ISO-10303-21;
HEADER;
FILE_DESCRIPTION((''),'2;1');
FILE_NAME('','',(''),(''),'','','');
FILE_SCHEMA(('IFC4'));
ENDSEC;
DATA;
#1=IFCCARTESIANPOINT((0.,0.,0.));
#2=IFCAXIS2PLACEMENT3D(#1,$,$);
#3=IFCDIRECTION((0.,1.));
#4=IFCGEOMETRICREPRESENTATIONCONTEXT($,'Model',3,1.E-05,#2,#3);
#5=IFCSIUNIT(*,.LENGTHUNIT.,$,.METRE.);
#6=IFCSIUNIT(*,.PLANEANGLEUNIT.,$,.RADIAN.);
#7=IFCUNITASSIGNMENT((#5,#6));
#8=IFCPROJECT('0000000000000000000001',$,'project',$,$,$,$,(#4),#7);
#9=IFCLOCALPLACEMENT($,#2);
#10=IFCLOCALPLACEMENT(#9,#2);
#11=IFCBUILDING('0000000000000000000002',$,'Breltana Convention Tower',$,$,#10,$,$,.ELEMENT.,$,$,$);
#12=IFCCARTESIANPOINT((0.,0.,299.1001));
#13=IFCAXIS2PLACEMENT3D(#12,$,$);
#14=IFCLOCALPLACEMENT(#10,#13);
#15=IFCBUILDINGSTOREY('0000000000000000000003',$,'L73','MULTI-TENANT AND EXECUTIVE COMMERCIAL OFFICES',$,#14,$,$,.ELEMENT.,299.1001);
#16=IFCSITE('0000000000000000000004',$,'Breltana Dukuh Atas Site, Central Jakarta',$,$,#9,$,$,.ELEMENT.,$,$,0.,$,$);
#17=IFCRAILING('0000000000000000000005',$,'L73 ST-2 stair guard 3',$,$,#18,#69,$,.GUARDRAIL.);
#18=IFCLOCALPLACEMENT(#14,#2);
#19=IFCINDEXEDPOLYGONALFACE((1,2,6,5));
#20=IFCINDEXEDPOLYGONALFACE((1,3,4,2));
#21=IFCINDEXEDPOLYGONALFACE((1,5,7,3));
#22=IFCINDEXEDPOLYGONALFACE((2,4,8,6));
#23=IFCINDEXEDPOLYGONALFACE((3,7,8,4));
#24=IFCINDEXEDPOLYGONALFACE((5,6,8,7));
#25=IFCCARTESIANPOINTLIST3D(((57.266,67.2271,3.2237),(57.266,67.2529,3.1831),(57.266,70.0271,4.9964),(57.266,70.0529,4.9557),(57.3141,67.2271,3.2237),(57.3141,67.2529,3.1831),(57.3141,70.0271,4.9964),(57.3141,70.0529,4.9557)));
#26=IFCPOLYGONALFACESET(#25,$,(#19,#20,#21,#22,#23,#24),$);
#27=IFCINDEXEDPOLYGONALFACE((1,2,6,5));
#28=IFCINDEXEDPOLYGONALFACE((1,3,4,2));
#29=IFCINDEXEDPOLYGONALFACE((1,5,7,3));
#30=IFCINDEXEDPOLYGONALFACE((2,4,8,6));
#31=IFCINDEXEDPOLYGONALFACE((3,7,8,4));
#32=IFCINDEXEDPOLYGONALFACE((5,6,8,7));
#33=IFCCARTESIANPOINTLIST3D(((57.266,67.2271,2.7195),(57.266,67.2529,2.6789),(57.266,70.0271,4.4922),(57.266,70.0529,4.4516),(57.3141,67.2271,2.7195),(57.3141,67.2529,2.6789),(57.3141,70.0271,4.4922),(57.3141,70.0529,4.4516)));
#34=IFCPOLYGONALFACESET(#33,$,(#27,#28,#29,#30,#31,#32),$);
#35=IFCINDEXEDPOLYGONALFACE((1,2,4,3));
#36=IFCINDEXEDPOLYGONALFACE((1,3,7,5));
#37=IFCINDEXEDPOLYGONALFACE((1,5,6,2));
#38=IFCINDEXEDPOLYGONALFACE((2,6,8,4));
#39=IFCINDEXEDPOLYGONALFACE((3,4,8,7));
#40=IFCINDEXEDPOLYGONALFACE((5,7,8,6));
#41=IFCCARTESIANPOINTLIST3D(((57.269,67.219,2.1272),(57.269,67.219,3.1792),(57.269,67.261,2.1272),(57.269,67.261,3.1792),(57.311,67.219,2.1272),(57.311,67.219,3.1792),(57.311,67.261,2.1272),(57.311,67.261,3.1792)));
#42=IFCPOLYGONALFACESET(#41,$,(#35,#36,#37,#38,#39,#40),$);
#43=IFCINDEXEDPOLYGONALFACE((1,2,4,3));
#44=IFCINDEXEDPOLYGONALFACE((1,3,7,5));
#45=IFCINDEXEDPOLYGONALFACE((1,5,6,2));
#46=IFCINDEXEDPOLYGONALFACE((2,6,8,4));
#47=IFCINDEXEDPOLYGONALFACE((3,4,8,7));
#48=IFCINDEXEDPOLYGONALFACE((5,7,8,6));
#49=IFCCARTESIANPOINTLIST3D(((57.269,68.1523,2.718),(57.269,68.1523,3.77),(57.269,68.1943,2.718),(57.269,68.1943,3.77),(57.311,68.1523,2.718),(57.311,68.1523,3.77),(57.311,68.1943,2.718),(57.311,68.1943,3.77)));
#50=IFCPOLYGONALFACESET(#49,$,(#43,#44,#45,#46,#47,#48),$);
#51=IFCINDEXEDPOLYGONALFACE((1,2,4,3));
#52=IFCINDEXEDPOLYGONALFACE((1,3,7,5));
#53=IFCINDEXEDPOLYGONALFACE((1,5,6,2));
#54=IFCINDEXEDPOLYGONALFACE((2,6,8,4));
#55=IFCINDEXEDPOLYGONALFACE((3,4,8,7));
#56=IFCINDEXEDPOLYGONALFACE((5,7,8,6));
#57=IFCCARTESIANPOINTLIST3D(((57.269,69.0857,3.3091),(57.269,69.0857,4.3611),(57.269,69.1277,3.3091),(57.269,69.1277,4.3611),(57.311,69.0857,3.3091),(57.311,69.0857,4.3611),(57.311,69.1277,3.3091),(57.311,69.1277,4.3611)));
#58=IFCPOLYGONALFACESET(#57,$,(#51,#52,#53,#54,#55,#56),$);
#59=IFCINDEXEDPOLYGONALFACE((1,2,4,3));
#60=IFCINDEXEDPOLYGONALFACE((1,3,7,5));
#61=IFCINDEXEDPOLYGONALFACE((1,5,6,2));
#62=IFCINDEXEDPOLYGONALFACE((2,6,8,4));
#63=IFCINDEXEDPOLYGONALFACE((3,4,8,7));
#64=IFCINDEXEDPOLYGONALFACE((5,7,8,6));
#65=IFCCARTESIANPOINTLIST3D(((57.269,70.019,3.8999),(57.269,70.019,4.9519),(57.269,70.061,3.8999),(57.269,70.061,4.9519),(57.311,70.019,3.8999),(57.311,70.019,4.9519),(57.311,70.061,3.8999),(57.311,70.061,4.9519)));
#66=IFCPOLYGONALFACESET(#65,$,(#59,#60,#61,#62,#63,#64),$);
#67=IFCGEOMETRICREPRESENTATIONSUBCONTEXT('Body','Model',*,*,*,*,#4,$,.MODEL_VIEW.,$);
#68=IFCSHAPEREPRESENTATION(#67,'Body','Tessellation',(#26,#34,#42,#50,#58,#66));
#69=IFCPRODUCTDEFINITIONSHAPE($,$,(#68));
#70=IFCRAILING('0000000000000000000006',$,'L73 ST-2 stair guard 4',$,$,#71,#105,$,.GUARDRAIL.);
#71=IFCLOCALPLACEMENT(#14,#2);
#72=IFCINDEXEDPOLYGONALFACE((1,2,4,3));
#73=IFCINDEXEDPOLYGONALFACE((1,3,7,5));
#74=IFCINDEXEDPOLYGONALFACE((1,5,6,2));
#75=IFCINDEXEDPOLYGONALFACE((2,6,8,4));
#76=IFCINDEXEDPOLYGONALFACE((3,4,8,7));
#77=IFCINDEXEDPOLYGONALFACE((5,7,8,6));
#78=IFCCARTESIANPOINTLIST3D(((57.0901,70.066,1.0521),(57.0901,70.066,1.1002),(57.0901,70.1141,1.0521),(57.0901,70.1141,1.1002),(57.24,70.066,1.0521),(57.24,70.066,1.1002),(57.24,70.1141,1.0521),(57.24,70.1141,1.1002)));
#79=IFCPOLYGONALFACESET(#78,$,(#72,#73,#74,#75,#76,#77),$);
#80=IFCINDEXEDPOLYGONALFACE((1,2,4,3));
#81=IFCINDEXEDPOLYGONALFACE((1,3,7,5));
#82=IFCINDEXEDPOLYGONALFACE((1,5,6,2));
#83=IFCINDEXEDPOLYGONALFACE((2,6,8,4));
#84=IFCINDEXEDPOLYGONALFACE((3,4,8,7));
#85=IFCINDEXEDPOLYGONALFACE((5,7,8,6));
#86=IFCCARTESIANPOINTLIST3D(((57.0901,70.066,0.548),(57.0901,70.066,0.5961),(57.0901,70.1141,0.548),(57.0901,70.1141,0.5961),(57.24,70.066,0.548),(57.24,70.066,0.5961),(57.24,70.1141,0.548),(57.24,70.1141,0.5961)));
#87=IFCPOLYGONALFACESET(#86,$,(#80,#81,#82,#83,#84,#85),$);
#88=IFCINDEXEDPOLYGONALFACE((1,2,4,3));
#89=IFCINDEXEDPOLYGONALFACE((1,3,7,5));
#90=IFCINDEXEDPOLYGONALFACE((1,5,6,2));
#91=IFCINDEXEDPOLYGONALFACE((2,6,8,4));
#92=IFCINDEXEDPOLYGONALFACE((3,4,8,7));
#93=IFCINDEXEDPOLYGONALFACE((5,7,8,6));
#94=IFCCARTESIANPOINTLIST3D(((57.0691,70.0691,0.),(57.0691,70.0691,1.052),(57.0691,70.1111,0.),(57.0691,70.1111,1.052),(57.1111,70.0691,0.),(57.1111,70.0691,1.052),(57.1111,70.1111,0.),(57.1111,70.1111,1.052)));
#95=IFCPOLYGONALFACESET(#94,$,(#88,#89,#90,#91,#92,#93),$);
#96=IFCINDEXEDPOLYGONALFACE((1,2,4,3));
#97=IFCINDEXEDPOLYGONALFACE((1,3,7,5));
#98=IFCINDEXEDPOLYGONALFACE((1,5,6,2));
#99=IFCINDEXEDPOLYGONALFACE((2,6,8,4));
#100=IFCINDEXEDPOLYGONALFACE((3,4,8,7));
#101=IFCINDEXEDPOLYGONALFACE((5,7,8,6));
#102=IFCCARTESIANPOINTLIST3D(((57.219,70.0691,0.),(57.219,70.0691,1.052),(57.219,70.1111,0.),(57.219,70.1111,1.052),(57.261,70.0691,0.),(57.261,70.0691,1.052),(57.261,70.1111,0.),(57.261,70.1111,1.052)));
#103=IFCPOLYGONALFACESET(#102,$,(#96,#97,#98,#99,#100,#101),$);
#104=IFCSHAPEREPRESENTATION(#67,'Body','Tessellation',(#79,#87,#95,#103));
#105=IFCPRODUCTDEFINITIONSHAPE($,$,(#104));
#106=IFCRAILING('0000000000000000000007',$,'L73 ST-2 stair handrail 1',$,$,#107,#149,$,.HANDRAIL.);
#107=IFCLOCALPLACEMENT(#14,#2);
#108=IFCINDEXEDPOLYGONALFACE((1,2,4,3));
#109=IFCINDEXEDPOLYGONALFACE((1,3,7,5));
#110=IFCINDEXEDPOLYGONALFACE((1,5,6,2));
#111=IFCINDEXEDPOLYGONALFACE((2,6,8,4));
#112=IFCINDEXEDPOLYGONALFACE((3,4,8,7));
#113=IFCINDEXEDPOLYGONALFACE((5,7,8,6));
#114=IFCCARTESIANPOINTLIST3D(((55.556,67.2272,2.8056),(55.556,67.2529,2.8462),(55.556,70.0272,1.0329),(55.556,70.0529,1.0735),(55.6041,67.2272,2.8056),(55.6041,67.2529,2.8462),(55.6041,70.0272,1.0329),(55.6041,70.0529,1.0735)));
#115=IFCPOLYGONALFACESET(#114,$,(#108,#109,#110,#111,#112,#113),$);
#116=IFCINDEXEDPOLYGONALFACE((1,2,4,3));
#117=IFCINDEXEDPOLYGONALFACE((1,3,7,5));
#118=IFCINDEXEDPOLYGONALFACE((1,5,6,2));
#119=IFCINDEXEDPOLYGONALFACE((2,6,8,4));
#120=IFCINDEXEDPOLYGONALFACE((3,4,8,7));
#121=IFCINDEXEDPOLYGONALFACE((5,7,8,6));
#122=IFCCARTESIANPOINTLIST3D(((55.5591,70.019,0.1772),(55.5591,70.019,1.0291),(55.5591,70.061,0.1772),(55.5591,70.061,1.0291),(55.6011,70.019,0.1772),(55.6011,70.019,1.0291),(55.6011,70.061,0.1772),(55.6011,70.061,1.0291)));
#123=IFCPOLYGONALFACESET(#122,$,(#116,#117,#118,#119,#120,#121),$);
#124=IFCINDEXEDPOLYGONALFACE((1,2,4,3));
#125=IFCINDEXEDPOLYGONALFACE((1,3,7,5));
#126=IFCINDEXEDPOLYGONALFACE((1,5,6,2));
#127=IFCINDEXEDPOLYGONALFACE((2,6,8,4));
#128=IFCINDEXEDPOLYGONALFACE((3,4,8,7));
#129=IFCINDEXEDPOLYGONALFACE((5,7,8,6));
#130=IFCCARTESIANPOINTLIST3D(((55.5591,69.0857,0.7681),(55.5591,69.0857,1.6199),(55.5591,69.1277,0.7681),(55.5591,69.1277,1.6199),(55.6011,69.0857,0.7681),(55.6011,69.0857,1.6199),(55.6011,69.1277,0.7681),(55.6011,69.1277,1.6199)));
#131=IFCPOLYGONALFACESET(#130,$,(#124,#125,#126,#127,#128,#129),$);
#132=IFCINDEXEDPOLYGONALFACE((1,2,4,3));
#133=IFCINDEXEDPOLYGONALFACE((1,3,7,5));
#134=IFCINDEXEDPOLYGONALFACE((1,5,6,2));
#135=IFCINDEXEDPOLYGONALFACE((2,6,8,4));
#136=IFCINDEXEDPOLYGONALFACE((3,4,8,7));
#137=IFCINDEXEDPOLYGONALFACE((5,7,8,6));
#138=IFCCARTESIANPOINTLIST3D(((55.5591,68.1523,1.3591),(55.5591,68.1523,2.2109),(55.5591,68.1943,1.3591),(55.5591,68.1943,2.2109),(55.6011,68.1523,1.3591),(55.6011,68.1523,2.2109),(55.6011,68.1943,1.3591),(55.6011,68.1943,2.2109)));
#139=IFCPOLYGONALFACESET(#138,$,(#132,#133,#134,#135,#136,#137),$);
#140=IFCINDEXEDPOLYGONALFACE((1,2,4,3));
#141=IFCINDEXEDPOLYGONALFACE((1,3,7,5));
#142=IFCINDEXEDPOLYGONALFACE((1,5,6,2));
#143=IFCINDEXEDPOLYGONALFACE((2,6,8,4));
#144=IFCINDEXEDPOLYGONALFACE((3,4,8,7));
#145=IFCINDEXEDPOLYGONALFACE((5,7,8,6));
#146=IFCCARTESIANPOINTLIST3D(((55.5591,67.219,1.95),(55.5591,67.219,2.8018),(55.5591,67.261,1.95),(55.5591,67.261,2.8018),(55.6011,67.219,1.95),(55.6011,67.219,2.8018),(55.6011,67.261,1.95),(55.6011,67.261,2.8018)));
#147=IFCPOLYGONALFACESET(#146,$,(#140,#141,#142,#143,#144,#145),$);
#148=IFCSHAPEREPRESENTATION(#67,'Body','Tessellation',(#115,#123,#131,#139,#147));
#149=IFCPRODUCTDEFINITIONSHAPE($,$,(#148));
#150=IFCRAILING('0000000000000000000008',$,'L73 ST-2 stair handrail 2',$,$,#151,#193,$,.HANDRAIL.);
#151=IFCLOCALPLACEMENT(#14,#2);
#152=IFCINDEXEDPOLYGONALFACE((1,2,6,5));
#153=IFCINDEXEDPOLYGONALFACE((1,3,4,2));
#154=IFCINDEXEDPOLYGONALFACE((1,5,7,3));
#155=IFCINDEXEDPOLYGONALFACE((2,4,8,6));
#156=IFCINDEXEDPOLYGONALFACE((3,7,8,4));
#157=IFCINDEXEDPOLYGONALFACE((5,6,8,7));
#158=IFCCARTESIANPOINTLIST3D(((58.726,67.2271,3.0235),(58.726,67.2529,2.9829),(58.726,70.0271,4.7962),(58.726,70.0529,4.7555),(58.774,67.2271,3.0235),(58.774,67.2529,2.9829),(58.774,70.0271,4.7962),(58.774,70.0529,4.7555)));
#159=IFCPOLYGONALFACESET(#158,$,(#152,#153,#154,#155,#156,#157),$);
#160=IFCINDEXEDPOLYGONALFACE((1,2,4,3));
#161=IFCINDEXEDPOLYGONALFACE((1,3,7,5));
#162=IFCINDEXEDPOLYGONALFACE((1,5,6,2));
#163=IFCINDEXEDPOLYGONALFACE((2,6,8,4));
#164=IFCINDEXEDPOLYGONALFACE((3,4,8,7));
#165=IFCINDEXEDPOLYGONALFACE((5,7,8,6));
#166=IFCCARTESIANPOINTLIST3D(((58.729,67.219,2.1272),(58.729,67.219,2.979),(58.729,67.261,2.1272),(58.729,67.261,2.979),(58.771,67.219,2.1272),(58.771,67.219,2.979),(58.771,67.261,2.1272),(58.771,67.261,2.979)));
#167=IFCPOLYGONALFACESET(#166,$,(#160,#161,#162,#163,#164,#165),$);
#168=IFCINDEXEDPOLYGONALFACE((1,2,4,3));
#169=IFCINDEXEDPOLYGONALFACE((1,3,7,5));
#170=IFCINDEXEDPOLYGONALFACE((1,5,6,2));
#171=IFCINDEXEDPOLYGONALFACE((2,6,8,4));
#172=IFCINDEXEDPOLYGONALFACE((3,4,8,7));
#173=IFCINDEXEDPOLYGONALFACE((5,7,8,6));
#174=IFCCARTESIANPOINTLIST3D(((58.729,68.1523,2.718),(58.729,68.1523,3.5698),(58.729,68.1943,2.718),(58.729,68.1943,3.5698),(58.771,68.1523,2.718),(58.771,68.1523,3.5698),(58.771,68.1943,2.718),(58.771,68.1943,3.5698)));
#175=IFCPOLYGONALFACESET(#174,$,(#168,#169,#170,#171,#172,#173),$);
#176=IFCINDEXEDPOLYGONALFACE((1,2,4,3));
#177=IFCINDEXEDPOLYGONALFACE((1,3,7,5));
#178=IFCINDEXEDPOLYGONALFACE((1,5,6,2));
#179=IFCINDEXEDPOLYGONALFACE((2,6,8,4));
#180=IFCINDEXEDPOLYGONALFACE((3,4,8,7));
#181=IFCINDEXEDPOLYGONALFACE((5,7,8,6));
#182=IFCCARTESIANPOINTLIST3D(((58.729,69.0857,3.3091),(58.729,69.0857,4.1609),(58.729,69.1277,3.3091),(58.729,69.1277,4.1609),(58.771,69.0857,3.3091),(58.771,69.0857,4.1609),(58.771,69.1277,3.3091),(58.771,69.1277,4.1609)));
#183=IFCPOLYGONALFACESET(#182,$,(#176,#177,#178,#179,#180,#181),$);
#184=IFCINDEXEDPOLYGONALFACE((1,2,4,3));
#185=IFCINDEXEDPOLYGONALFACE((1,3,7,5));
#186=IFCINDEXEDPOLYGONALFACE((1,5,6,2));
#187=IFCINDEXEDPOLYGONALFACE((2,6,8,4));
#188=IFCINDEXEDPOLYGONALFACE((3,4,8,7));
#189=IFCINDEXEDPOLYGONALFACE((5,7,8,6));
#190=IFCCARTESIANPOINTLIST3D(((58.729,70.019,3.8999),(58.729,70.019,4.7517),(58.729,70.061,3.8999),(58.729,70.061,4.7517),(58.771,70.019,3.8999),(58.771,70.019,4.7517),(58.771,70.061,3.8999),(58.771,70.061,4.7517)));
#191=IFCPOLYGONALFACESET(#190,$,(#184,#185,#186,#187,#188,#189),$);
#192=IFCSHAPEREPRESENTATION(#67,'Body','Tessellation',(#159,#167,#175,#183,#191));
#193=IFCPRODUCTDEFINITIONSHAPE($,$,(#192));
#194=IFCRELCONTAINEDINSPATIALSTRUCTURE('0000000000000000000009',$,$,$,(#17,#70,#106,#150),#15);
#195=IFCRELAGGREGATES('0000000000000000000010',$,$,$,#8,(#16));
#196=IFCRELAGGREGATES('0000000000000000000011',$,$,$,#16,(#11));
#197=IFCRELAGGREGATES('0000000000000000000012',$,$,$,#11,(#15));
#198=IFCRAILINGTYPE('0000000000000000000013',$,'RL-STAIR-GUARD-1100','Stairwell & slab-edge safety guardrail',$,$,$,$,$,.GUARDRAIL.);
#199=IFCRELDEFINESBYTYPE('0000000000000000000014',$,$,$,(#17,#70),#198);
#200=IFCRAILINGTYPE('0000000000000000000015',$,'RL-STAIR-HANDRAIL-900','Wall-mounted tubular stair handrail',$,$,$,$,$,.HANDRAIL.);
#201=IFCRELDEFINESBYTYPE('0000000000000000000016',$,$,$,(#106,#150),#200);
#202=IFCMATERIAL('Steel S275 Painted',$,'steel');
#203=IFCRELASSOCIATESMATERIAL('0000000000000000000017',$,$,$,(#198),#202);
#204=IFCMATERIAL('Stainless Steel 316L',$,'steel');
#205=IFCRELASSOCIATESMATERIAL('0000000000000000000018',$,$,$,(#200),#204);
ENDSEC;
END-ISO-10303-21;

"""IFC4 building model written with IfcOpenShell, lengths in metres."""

from ifc_helpers import new_model, si_unit, direction, frame, origin, origin_2d, place, context, subcontext, project, spatial, rectangle, extrude, material, type_object, element, save


model = new_model("IFC4")

# Units and contexts
model_context = context("Model", 3, precision=1e-05, world=origin(), true_north=direction((0.0, 1.0)))
body_context = subcontext(model_context, "Body", "Model", "MODEL_VIEW")
ifc_project = project(units=[si_unit("LENGTHUNIT", "METRE"), si_unit("PLANEANGLEUNIT", "RADIAN")], contexts=[model_context])

# Site, building, storey
site_placement = place(None, origin())
site = spatial("IfcSite", under=ifc_project, at=site_placement, Name="Breltana Dukuh Atas Site, Central Jakarta", CompositionType="ELEMENT", RefElevation=0.0)
building_placement = place(site_placement, origin())
building = spatial("IfcBuilding", under=site, at=building_placement, Name="Breltana Convention Tower", CompositionType="ELEMENT")
storey_placement = place(building_placement, frame((0.0, 0.0, 299.1001)))
storey = spatial("IfcBuildingStorey", under=building, at=storey_placement, Name="L73", Description="MULTI-TENANT AND EXECUTIVE COMMERCIAL OFFICES", CompositionType="ELEMENT", Elevation=299.1001)

# Railings
ifc_material_1 = material(Name="Steel S275 Painted", Category="steel")
railing_type_1 = type_object("IfcRailingType", Name="RL-STAIR-GUARD-1100", Description="Stairwell & slab-edge safety guardrail", PredefinedType="GUARDRAIL", material=ifc_material_1)
railing_1_placement = place(storey_placement, frame((57.29, 67.24, 2.1272)))
element("IfcRailing", 1, at=railing_1_placement, inside=storey, type_object=railing_type_1, Name="L73 ST-2 stair guard 3", PredefinedType="GUARDRAIL", context=body_context, shape_type="SweptSolid", body=[
    extrude(rectangle(XDim=0.0481, YDim=0.0481, at=origin_2d()), frame((0.0, 0.0, 1.0762), z_axis=(0.0, 0.844909, 0.53491), x_axis=(-1.0, 0.0, 0.0)), (0.0, 0.0, 1.0), 3.314),
    extrude(rectangle(XDim=0.0481, YDim=0.0481, at=origin_2d()), frame((0.0, 0.0, 0.572), z_axis=(0.0, 0.844909, 0.53491), x_axis=(-1.0, 0.0, 0.0)), (0.0, 0.0, 1.0), 3.314),
    extrude(rectangle(XDim=0.042, YDim=0.042, at=origin_2d()), origin(), (0.0, 0.0, 1.0), 1.052),
    extrude(rectangle(XDim=0.042, YDim=0.042, at=origin_2d()), frame((0.0, 0.9333, 0.5908)), (0.0, 0.0, 1.0), 1.052),
    extrude(rectangle(XDim=0.042, YDim=0.042, at=origin_2d()), frame((0.0, 1.8667, 1.1819)), (0.0, 0.0, 1.0), 1.052),
    extrude(rectangle(XDim=0.042, YDim=0.042, at=origin_2d()), frame((0.0, 2.8, 1.7727)), (0.0, 0.0, 1.0), 1.052),
])
railing_2_placement = place(storey_placement, frame((57.0901, 70.0901, 0.0)))
element("IfcRailing", 2, at=railing_2_placement, inside=storey, type_object=railing_type_1, Name="L73 ST-2 stair guard 4", PredefinedType="GUARDRAIL", context=body_context, shape_type="SweptSolid", body=[
    extrude(rectangle(XDim=0.0481, YDim=0.0481, at=origin_2d()), frame((0.0, 0.0, 1.0762), z_axis=(1.0, 0.0, 0.0), x_axis=(0.0, 1.0, 0.0)), (0.0, 0.0, 1.0), 0.1499),
    extrude(rectangle(XDim=0.0481, YDim=0.0481, at=origin_2d()), frame((0.0, 0.0, 0.572), z_axis=(1.0, 0.0, 0.0), x_axis=(0.0, 1.0, 0.0)), (0.0, 0.0, 1.0), 0.1499),
    extrude(rectangle(XDim=0.042, YDim=0.042, at=origin_2d()), origin(), (0.0, 0.0, 1.0), 1.052),
    extrude(rectangle(XDim=0.042, YDim=0.042, at=origin_2d()), frame((0.1499, 0.0, 0.0)), (0.0, 0.0, 1.0), 1.052),
])
ifc_material_2 = material(Name="Stainless Steel 316L", Category="steel")
railing_type_2 = type_object("IfcRailingType", Name="RL-STAIR-HANDRAIL-900", Description="Wall-mounted tubular stair handrail", PredefinedType="HANDRAIL", material=ifc_material_2)
railing_3_placement = place(storey_placement, frame((55.5801, 70.04, 0.1772)))
element("IfcRailing", 3, at=railing_3_placement, inside=storey, type_object=railing_type_2, Name="L73 ST-2 stair handrail 1", PredefinedType="HANDRAIL", context=body_context, shape_type="SweptSolid", body=[
    extrude(rectangle(XDim=0.0481, YDim=0.0481, at=origin_2d()), frame((0.0, 0.0, 0.876), z_axis=(0.0, -0.844909, 0.53491), x_axis=(1.0, 0.0, 0.0)), (0.0, 0.0, 1.0), 3.314),
    extrude(rectangle(XDim=0.042, YDim=0.042, at=origin_2d()), origin(), (0.0, 0.0, 1.0), 0.8518),
    extrude(rectangle(XDim=0.042, YDim=0.042, at=origin_2d()), frame((0.0, -0.9333, 0.5908)), (0.0, 0.0, 1.0), 0.8518),
    extrude(rectangle(XDim=0.042, YDim=0.042, at=origin_2d()), frame((0.0, -1.8667, 1.1819)), (0.0, 0.0, 1.0), 0.8518),
    extrude(rectangle(XDim=0.042, YDim=0.042, at=origin_2d()), frame((0.0, -2.8, 1.7727)), (0.0, 0.0, 1.0), 0.8518),
])
railing_4_placement = place(storey_placement, frame((58.75, 67.24, 2.1272)))
element("IfcRailing", 4, at=railing_4_placement, inside=storey, type_object=railing_type_2, Name="L73 ST-2 stair handrail 2", PredefinedType="HANDRAIL", context=body_context, shape_type="SweptSolid", body=[
    extrude(rectangle(XDim=0.0481, YDim=0.0481, at=origin_2d()), frame((0.0, 0.0, 0.876), z_axis=(0.0, 0.844909, 0.53491), x_axis=(-1.0, 0.0, 0.0)), (0.0, 0.0, 1.0), 3.314),
    extrude(rectangle(XDim=0.042, YDim=0.042, at=origin_2d()), origin(), (0.0, 0.0, 1.0), 0.8518),
    extrude(rectangle(XDim=0.042, YDim=0.042, at=origin_2d()), frame((0.0, 0.9333, 0.5908)), (0.0, 0.0, 1.0), 0.8518),
    extrude(rectangle(XDim=0.042, YDim=0.042, at=origin_2d()), frame((0.0, 1.8667, 1.1819)), (0.0, 0.0, 1.0), 0.8518),
    extrude(rectangle(XDim=0.042, YDim=0.042, at=origin_2d()), frame((0.0, 2.8, 1.7727)), (0.0, 0.0, 1.0), 0.8518),
])

save(model, "model.ifc")
